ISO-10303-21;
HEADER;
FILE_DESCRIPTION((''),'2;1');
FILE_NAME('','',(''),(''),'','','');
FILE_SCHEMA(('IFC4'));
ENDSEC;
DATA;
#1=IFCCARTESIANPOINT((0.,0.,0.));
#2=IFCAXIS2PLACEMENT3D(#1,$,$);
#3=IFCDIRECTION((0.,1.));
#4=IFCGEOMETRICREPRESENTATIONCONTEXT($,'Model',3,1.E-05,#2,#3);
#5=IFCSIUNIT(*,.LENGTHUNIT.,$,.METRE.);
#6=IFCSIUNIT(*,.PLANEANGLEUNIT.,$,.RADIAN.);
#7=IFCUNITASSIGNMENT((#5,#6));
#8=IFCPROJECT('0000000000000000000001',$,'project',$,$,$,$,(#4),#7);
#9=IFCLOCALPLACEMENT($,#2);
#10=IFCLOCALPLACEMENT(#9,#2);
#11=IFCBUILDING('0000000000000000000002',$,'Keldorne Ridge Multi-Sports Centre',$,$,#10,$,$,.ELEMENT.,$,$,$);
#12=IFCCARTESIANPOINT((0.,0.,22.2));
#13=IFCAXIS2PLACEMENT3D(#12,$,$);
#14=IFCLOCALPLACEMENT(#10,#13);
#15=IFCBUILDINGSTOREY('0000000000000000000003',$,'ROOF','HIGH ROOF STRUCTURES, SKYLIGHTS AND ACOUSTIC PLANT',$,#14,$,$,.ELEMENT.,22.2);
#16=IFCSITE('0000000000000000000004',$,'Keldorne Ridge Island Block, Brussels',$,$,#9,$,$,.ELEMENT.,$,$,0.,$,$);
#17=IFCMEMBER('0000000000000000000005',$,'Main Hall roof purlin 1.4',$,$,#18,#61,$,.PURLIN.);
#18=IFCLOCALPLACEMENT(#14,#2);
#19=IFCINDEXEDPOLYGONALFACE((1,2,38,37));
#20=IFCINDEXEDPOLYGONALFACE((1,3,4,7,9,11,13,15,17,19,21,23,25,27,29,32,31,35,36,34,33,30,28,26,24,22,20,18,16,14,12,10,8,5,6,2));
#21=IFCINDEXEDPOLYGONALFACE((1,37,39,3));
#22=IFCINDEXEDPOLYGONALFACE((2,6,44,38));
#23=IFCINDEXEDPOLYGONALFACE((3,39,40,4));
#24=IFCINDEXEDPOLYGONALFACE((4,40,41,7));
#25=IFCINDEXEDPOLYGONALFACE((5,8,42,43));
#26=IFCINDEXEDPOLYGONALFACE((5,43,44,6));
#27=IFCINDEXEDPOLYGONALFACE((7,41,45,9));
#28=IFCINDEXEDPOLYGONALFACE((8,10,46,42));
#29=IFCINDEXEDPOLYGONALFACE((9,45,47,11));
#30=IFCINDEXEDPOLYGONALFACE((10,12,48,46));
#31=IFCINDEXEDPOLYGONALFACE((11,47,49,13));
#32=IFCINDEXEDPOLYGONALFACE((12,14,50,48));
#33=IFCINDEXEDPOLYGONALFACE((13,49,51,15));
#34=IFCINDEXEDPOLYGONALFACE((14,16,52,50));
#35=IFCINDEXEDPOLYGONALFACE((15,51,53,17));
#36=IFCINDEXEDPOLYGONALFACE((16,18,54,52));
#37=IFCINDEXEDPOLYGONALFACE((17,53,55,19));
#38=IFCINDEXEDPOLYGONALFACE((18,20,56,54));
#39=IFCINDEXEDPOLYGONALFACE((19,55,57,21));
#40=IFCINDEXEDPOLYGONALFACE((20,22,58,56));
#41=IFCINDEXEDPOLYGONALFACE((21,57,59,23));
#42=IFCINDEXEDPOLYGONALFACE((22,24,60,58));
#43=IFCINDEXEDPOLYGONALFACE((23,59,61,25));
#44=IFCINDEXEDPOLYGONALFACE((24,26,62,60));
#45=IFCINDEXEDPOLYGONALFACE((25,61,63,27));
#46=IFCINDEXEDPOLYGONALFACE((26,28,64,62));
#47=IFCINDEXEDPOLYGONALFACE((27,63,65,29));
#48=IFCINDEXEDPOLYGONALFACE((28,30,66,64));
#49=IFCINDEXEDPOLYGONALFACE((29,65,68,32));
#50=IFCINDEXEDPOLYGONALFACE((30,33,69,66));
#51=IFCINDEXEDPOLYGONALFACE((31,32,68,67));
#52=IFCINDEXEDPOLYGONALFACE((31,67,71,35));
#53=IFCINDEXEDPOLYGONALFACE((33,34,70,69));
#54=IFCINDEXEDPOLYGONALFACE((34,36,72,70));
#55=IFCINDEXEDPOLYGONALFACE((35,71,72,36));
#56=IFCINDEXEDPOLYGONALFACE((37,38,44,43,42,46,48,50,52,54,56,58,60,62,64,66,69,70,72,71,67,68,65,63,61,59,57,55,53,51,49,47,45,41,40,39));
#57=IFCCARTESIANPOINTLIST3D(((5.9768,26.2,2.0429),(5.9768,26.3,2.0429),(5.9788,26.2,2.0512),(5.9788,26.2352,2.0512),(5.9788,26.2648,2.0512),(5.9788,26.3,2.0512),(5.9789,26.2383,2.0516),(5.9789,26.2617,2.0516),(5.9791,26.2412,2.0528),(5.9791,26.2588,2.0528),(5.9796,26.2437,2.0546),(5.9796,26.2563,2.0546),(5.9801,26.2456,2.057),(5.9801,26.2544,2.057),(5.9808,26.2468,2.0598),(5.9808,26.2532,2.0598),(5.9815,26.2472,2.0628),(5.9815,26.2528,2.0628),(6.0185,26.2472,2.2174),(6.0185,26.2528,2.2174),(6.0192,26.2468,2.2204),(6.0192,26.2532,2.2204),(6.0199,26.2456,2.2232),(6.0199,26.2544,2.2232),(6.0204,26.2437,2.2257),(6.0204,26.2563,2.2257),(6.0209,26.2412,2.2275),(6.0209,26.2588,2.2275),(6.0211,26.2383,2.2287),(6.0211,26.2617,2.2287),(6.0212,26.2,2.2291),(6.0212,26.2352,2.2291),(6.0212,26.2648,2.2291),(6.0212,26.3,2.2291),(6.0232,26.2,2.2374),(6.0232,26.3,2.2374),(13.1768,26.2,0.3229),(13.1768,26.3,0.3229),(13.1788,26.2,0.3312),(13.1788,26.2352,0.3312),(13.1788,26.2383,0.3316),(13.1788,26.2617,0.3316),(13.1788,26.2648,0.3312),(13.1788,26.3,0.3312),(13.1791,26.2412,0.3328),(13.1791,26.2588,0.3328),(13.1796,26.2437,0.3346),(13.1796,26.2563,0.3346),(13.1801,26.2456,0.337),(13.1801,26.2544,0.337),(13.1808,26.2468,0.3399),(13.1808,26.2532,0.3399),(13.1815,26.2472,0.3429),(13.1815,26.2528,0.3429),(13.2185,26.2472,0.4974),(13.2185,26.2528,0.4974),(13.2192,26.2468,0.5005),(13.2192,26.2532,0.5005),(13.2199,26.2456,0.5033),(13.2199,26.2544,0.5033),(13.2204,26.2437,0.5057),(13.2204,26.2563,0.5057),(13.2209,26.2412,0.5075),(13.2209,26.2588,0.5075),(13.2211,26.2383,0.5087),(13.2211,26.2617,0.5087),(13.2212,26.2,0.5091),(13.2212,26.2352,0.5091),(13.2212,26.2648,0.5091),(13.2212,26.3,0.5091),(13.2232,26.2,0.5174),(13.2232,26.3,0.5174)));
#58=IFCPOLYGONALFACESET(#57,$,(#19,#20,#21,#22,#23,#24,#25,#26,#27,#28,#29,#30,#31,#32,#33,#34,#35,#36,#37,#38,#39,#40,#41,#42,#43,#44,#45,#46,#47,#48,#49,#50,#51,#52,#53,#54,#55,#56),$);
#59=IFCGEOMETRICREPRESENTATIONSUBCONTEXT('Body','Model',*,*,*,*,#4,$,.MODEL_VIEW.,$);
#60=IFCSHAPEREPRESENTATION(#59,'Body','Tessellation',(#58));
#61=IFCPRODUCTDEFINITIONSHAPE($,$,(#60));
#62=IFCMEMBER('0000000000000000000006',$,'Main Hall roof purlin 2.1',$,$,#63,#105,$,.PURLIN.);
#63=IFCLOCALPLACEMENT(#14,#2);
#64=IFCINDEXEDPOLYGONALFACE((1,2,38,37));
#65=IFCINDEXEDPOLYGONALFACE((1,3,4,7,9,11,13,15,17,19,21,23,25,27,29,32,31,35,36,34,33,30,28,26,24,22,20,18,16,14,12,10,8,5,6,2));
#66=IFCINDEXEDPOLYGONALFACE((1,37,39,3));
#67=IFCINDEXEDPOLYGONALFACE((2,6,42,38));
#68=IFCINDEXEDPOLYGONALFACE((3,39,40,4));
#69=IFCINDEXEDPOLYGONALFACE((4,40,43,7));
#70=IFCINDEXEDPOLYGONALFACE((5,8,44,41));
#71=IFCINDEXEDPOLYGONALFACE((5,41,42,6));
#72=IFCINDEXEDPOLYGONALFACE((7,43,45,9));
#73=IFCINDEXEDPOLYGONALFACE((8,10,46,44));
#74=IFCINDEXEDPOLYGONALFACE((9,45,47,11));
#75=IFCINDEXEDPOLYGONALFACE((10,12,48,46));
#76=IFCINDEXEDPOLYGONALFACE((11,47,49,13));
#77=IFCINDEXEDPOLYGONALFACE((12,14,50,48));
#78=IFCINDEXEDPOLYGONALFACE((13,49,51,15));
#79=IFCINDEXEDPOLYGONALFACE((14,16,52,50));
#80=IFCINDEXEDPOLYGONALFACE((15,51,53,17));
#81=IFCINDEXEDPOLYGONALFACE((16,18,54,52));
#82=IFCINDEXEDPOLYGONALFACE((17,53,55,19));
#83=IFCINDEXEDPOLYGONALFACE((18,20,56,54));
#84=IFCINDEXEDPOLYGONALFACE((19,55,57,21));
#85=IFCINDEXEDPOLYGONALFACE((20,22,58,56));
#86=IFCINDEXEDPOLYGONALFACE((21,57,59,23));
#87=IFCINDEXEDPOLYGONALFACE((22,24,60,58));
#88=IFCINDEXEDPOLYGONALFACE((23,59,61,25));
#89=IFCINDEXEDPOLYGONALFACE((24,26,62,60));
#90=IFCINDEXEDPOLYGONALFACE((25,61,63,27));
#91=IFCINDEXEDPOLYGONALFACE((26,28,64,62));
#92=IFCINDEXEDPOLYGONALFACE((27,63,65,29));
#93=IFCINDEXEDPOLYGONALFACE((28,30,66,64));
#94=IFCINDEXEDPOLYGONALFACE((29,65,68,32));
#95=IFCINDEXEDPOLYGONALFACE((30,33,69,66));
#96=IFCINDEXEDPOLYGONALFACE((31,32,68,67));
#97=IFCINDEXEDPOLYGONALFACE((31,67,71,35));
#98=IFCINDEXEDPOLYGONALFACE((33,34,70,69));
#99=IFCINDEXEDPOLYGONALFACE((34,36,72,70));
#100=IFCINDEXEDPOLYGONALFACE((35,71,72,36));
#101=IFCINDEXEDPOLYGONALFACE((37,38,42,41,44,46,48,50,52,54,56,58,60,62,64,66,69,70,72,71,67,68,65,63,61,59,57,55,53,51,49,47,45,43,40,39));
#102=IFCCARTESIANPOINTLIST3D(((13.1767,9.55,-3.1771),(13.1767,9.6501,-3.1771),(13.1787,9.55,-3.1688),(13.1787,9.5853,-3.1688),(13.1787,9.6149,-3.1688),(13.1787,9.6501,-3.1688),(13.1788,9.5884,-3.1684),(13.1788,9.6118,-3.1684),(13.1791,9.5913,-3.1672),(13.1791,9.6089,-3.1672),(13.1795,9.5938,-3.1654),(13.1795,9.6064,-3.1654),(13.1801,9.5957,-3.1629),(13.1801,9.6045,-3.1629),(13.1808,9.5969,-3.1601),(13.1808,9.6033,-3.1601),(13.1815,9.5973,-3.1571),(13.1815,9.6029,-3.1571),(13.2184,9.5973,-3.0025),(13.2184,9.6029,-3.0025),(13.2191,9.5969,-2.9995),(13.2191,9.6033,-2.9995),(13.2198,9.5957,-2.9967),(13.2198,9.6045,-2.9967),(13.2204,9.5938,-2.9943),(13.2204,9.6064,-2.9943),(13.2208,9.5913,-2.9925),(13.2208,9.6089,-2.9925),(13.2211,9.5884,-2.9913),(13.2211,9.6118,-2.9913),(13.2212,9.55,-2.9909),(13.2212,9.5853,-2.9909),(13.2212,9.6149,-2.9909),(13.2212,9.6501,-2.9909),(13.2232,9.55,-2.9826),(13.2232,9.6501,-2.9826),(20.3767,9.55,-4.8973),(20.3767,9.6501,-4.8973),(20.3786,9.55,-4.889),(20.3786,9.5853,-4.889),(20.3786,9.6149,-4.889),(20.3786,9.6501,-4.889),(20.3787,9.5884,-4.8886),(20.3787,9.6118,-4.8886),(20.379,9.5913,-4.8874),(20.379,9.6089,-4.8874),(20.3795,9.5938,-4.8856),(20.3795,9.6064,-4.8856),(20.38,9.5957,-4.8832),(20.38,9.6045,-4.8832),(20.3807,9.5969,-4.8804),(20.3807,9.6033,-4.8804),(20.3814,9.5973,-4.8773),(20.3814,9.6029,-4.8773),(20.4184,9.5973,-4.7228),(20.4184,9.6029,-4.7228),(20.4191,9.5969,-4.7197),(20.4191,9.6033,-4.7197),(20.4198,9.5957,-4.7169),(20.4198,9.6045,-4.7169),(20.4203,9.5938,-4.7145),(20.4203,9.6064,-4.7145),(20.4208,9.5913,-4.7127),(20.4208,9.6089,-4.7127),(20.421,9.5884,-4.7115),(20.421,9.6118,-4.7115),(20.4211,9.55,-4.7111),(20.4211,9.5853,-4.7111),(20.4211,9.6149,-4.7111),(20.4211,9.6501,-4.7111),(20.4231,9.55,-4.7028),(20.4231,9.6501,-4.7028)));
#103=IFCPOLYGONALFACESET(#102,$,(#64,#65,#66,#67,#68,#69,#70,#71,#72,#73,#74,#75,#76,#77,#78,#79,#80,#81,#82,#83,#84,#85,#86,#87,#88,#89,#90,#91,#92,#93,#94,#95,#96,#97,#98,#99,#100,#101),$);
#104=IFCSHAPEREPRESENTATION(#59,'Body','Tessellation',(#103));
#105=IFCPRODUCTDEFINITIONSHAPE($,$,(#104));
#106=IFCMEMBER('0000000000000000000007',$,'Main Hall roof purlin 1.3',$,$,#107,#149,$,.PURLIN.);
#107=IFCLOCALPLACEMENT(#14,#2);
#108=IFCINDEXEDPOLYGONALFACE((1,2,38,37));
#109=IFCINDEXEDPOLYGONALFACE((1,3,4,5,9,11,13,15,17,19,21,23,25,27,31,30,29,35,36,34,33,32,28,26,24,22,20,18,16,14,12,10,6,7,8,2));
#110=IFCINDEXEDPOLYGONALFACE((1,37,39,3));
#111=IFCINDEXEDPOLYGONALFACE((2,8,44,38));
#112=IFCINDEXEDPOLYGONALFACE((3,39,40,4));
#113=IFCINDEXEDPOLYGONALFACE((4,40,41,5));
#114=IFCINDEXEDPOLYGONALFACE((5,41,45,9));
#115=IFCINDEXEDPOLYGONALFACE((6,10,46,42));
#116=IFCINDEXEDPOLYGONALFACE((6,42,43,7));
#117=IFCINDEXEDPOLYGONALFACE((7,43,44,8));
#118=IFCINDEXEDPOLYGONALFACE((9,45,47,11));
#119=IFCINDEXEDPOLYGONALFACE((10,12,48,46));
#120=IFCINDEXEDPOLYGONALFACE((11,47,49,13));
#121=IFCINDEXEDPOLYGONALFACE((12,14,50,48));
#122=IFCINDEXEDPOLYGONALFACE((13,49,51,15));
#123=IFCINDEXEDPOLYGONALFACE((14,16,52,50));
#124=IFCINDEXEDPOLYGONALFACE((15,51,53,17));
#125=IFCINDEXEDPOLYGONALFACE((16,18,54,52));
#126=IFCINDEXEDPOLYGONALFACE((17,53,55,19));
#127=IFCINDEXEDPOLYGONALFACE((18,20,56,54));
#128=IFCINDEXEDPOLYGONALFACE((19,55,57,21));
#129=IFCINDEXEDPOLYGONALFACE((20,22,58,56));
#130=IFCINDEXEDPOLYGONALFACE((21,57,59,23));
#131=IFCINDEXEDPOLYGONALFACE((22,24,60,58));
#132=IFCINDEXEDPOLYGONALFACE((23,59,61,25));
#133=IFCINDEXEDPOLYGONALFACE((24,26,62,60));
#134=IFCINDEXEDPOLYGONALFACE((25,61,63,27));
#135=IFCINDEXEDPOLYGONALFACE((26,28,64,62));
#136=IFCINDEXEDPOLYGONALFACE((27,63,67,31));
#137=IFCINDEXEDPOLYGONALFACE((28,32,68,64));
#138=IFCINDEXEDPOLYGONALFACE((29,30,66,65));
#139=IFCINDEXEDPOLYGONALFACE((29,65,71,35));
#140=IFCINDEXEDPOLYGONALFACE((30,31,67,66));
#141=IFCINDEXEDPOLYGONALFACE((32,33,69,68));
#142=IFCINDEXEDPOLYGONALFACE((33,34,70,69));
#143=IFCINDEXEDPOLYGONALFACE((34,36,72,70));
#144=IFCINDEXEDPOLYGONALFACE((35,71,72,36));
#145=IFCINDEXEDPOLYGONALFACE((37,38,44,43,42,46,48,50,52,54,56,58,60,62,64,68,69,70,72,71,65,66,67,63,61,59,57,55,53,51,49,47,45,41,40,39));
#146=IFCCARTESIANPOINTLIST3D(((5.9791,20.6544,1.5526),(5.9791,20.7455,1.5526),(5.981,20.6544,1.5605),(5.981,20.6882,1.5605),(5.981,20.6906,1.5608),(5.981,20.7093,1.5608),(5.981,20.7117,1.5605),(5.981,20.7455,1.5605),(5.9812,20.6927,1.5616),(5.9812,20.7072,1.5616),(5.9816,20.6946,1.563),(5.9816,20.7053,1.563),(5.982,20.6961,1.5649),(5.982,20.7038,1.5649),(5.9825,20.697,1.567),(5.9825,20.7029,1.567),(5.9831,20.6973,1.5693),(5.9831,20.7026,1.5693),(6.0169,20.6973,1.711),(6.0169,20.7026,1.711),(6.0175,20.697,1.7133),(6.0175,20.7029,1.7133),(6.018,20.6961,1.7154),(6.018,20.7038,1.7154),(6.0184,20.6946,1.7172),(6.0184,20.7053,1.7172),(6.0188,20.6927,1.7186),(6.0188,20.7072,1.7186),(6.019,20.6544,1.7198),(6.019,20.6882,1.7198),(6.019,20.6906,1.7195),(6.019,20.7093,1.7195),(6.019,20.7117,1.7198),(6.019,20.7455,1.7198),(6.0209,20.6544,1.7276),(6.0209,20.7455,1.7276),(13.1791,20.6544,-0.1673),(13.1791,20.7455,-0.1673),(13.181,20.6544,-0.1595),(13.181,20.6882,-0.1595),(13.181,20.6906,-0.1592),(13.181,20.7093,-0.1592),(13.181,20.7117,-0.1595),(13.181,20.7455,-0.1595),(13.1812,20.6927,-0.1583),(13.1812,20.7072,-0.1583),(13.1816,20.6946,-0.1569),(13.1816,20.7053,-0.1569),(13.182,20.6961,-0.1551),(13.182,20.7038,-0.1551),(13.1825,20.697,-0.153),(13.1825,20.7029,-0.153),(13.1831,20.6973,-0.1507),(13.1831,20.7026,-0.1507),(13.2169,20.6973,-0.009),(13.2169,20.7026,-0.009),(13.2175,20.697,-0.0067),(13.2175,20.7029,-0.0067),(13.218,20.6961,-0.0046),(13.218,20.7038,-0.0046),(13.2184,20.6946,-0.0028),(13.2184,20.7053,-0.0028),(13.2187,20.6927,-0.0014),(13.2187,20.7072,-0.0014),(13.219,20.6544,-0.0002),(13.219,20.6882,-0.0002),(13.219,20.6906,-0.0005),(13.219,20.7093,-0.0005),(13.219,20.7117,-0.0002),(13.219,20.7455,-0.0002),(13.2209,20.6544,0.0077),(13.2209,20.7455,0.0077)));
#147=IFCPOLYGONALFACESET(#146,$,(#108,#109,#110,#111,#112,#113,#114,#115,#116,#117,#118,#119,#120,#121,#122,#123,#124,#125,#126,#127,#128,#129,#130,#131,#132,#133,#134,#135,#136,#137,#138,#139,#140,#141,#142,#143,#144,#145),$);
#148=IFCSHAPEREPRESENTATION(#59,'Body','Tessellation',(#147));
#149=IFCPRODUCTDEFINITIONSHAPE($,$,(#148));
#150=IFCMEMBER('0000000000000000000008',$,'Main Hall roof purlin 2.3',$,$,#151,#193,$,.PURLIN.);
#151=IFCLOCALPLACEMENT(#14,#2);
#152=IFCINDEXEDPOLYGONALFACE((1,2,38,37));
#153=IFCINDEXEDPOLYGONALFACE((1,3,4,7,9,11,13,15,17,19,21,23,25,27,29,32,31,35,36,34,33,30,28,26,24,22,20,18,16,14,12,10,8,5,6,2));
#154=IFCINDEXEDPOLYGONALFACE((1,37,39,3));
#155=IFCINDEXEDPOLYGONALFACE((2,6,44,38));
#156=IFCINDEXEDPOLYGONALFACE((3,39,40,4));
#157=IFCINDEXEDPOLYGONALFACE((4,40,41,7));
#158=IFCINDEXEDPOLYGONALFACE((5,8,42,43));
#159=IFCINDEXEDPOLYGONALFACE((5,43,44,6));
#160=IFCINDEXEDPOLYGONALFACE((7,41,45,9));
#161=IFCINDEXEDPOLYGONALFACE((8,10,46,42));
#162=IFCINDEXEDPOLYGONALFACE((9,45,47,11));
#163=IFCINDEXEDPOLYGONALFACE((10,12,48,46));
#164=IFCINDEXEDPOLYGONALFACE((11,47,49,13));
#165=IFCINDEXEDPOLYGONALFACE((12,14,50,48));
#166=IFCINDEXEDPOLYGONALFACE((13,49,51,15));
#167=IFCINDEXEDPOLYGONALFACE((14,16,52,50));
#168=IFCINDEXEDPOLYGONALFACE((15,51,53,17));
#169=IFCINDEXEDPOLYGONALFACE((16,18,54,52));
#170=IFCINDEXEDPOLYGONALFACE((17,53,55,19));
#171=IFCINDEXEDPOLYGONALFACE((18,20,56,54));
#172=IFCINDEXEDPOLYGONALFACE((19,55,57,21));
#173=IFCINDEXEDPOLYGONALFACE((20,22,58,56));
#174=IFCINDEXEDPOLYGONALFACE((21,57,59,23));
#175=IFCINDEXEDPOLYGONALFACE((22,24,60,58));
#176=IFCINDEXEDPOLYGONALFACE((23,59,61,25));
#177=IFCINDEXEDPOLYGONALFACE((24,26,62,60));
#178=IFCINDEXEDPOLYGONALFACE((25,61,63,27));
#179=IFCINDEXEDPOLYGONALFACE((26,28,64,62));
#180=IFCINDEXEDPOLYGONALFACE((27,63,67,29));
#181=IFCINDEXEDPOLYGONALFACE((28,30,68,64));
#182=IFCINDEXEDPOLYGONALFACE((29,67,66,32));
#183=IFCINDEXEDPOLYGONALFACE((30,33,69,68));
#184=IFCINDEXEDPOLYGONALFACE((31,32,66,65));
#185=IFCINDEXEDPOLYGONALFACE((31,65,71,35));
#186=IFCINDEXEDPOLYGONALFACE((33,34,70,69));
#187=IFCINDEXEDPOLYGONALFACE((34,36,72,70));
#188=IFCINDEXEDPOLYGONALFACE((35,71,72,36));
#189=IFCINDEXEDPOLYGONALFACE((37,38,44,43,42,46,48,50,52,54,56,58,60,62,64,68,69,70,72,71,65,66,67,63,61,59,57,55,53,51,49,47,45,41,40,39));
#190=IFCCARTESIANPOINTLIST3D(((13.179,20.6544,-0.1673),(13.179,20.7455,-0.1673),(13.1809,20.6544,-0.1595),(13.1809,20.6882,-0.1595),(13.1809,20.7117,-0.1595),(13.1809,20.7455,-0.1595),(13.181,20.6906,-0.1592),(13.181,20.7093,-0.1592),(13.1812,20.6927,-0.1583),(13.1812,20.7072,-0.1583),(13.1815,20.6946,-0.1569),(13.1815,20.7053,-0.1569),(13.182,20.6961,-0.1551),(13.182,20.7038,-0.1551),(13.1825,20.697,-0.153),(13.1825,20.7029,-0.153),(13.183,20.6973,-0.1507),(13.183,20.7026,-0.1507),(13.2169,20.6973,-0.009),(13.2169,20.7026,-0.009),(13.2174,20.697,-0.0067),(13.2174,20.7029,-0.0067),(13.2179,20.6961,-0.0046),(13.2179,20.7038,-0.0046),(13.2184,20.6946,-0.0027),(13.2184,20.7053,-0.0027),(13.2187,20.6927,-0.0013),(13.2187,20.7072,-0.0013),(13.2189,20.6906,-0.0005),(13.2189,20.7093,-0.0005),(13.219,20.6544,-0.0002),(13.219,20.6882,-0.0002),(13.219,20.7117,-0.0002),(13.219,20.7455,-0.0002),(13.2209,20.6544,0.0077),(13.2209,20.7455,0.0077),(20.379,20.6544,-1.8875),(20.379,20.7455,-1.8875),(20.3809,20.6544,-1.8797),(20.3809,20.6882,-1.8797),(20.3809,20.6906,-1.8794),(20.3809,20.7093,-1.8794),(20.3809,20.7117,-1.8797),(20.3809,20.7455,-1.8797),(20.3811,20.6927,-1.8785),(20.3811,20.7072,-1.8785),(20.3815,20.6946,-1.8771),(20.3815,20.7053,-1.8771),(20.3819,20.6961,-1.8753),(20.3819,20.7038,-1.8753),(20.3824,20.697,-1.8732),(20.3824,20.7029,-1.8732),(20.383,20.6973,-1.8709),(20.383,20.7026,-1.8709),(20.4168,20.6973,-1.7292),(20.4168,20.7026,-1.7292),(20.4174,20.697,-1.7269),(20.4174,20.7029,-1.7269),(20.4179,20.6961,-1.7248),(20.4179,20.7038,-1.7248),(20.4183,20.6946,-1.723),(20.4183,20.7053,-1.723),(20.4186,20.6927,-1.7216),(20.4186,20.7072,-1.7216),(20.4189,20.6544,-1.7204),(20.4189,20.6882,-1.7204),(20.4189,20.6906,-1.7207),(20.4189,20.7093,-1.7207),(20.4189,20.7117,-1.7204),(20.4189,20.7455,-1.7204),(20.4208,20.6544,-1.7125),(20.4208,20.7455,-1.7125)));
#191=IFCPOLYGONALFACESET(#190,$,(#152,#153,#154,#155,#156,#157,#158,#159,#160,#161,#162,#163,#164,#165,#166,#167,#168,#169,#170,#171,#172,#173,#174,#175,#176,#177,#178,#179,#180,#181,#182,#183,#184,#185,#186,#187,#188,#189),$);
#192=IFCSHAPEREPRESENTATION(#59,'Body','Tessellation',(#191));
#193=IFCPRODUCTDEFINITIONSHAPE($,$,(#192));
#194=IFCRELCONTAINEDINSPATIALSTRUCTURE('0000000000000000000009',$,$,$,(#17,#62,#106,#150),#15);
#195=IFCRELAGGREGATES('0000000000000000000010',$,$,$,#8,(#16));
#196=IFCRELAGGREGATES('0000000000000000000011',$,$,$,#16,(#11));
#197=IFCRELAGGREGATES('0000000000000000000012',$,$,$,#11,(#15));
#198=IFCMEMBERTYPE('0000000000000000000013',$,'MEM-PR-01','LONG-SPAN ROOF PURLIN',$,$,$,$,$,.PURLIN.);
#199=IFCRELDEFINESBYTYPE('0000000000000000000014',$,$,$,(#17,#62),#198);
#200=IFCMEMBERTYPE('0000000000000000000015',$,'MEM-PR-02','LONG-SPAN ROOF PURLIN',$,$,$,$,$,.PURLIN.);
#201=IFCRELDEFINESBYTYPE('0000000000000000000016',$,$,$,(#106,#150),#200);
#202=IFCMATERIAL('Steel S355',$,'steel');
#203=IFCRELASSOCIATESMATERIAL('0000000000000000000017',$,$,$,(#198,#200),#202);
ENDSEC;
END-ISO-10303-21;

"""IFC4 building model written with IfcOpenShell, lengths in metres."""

from ifc_helpers import new_model, si_unit, direction, frame, origin, origin_2d, place, context, subcontext, project, spatial, i_section, extrude, material, material_profile, profile_set, type_object, element, save


model = new_model("IFC4")

# Units and contexts
model_context = context("Model", 3, precision=1e-05, world=origin(), true_north=direction((0.0, 1.0)))
body_context = subcontext(model_context, "Body", "Model", "MODEL_VIEW")
ifc_project = project(units=[si_unit("LENGTHUNIT", "METRE"), si_unit("PLANEANGLEUNIT", "RADIAN")], contexts=[model_context])

# Site, building, storey
site_placement = place(None, origin())
site = spatial("IfcSite", under=ifc_project, at=site_placement, Name="Keldorne Ridge Island Block, Brussels", CompositionType="ELEMENT", RefElevation=0.0)
building_placement = place(site_placement, origin())
building = spatial("IfcBuilding", under=site, at=building_placement, Name="Keldorne Ridge Multi-Sports Centre", CompositionType="ELEMENT")
storey_placement = place(building_placement, frame((0.0, 0.0, 22.2)))
storey = spatial("IfcBuildingStorey", under=building, at=storey_placement, Name="ROOF", Description="HIGH ROOF STRUCTURES, SKYLIGHTS AND ACOUSTIC PLANT", CompositionType="ELEMENT", Elevation=22.2)

# Members
ifc_material = material(Name="Steel S355", Category="steel")
ifc_material_profile_1 = material_profile(ifc_material, i_section(OverallWidth=0.1001, OverallDepth=0.2, WebThickness=0.0056, FlangeThickness=0.0085, FilletRadius=0.012, at=origin_2d()), Name="IPE 200")
ifc_profile_set_1 = profile_set([ifc_material_profile_1], Name="Steel S355")
member_type_1 = type_object("IfcMemberType", Name="MEM-PR-01", Description="LONG-SPAN ROOF PURLIN", PredefinedType="PURLIN", material=ifc_profile_set_1)
for number, where, z_axis, x_axis, name in (
    (1, (6.0, 26.25, 2.1401), (0.972633, 0.0, -0.232349), (0.0, 1.0, 0.0), "Main Hall roof purlin 1.4"),
    (2, (13.2, 9.6001, -3.0798), (0.972625, 0.0, -0.23238), (0.0, 1.0, 0.0), "Main Hall roof purlin 2.1"),
):
    element("IfcMember", number, at=place(storey_placement, frame(where, z_axis=z_axis, x_axis=x_axis)), inside=storey, type_object=member_type_1, Name=name, PredefinedType="PURLIN", context=body_context, shape_type="SweptSolid", body=[
        extrude(i_section(OverallWidth=0.1001, OverallDepth=0.2, WebThickness=0.0056, FlangeThickness=0.0085, FilletRadius=0.012, at=origin_2d()), origin(), (0.0, 0.0, 1.0), 7.4026),
    ])
ifc_material_profile_2 = material_profile(ifc_material, i_section(OverallWidth=0.0911, OverallDepth=0.1799, WebThickness=0.0054, FlangeThickness=0.0081, FilletRadius=0.009, at=origin_2d()), Name="IPE 180")
ifc_profile_set_2 = profile_set([ifc_material_profile_2], Name="Steel S355")
member_type_2 = type_object("IfcMemberType", Name="MEM-PR-02", Description="LONG-SPAN ROOF PURLIN", PredefinedType="PURLIN", material=ifc_profile_set_2)
for number, where, z_axis, x_axis, name in (
    (3, (6.0, 20.7, 1.6401), (0.972633, 0.0, -0.232349), (0.0, 1.0, 0.0), "Main Hall roof purlin 1.3"),
    (4, (13.2, 20.7, -0.0798), (0.972625, 0.0, -0.23238), (0.0, 1.0, 0.0), "Main Hall roof purlin 2.3"),
):
    element("IfcMember", number, at=place(storey_placement, frame(where, z_axis=z_axis, x_axis=x_axis)), inside=storey, type_object=member_type_2, Name=name, PredefinedType="PURLIN", context=body_context, shape_type="SweptSolid", body=[
        extrude(i_section(OverallWidth=0.0911, OverallDepth=0.1799, WebThickness=0.0054, FlangeThickness=0.0081, FilletRadius=0.009, at=origin_2d()), origin(), (0.0, 0.0, 1.0), 7.4026),
    ])

save(model, "model.ifc")
